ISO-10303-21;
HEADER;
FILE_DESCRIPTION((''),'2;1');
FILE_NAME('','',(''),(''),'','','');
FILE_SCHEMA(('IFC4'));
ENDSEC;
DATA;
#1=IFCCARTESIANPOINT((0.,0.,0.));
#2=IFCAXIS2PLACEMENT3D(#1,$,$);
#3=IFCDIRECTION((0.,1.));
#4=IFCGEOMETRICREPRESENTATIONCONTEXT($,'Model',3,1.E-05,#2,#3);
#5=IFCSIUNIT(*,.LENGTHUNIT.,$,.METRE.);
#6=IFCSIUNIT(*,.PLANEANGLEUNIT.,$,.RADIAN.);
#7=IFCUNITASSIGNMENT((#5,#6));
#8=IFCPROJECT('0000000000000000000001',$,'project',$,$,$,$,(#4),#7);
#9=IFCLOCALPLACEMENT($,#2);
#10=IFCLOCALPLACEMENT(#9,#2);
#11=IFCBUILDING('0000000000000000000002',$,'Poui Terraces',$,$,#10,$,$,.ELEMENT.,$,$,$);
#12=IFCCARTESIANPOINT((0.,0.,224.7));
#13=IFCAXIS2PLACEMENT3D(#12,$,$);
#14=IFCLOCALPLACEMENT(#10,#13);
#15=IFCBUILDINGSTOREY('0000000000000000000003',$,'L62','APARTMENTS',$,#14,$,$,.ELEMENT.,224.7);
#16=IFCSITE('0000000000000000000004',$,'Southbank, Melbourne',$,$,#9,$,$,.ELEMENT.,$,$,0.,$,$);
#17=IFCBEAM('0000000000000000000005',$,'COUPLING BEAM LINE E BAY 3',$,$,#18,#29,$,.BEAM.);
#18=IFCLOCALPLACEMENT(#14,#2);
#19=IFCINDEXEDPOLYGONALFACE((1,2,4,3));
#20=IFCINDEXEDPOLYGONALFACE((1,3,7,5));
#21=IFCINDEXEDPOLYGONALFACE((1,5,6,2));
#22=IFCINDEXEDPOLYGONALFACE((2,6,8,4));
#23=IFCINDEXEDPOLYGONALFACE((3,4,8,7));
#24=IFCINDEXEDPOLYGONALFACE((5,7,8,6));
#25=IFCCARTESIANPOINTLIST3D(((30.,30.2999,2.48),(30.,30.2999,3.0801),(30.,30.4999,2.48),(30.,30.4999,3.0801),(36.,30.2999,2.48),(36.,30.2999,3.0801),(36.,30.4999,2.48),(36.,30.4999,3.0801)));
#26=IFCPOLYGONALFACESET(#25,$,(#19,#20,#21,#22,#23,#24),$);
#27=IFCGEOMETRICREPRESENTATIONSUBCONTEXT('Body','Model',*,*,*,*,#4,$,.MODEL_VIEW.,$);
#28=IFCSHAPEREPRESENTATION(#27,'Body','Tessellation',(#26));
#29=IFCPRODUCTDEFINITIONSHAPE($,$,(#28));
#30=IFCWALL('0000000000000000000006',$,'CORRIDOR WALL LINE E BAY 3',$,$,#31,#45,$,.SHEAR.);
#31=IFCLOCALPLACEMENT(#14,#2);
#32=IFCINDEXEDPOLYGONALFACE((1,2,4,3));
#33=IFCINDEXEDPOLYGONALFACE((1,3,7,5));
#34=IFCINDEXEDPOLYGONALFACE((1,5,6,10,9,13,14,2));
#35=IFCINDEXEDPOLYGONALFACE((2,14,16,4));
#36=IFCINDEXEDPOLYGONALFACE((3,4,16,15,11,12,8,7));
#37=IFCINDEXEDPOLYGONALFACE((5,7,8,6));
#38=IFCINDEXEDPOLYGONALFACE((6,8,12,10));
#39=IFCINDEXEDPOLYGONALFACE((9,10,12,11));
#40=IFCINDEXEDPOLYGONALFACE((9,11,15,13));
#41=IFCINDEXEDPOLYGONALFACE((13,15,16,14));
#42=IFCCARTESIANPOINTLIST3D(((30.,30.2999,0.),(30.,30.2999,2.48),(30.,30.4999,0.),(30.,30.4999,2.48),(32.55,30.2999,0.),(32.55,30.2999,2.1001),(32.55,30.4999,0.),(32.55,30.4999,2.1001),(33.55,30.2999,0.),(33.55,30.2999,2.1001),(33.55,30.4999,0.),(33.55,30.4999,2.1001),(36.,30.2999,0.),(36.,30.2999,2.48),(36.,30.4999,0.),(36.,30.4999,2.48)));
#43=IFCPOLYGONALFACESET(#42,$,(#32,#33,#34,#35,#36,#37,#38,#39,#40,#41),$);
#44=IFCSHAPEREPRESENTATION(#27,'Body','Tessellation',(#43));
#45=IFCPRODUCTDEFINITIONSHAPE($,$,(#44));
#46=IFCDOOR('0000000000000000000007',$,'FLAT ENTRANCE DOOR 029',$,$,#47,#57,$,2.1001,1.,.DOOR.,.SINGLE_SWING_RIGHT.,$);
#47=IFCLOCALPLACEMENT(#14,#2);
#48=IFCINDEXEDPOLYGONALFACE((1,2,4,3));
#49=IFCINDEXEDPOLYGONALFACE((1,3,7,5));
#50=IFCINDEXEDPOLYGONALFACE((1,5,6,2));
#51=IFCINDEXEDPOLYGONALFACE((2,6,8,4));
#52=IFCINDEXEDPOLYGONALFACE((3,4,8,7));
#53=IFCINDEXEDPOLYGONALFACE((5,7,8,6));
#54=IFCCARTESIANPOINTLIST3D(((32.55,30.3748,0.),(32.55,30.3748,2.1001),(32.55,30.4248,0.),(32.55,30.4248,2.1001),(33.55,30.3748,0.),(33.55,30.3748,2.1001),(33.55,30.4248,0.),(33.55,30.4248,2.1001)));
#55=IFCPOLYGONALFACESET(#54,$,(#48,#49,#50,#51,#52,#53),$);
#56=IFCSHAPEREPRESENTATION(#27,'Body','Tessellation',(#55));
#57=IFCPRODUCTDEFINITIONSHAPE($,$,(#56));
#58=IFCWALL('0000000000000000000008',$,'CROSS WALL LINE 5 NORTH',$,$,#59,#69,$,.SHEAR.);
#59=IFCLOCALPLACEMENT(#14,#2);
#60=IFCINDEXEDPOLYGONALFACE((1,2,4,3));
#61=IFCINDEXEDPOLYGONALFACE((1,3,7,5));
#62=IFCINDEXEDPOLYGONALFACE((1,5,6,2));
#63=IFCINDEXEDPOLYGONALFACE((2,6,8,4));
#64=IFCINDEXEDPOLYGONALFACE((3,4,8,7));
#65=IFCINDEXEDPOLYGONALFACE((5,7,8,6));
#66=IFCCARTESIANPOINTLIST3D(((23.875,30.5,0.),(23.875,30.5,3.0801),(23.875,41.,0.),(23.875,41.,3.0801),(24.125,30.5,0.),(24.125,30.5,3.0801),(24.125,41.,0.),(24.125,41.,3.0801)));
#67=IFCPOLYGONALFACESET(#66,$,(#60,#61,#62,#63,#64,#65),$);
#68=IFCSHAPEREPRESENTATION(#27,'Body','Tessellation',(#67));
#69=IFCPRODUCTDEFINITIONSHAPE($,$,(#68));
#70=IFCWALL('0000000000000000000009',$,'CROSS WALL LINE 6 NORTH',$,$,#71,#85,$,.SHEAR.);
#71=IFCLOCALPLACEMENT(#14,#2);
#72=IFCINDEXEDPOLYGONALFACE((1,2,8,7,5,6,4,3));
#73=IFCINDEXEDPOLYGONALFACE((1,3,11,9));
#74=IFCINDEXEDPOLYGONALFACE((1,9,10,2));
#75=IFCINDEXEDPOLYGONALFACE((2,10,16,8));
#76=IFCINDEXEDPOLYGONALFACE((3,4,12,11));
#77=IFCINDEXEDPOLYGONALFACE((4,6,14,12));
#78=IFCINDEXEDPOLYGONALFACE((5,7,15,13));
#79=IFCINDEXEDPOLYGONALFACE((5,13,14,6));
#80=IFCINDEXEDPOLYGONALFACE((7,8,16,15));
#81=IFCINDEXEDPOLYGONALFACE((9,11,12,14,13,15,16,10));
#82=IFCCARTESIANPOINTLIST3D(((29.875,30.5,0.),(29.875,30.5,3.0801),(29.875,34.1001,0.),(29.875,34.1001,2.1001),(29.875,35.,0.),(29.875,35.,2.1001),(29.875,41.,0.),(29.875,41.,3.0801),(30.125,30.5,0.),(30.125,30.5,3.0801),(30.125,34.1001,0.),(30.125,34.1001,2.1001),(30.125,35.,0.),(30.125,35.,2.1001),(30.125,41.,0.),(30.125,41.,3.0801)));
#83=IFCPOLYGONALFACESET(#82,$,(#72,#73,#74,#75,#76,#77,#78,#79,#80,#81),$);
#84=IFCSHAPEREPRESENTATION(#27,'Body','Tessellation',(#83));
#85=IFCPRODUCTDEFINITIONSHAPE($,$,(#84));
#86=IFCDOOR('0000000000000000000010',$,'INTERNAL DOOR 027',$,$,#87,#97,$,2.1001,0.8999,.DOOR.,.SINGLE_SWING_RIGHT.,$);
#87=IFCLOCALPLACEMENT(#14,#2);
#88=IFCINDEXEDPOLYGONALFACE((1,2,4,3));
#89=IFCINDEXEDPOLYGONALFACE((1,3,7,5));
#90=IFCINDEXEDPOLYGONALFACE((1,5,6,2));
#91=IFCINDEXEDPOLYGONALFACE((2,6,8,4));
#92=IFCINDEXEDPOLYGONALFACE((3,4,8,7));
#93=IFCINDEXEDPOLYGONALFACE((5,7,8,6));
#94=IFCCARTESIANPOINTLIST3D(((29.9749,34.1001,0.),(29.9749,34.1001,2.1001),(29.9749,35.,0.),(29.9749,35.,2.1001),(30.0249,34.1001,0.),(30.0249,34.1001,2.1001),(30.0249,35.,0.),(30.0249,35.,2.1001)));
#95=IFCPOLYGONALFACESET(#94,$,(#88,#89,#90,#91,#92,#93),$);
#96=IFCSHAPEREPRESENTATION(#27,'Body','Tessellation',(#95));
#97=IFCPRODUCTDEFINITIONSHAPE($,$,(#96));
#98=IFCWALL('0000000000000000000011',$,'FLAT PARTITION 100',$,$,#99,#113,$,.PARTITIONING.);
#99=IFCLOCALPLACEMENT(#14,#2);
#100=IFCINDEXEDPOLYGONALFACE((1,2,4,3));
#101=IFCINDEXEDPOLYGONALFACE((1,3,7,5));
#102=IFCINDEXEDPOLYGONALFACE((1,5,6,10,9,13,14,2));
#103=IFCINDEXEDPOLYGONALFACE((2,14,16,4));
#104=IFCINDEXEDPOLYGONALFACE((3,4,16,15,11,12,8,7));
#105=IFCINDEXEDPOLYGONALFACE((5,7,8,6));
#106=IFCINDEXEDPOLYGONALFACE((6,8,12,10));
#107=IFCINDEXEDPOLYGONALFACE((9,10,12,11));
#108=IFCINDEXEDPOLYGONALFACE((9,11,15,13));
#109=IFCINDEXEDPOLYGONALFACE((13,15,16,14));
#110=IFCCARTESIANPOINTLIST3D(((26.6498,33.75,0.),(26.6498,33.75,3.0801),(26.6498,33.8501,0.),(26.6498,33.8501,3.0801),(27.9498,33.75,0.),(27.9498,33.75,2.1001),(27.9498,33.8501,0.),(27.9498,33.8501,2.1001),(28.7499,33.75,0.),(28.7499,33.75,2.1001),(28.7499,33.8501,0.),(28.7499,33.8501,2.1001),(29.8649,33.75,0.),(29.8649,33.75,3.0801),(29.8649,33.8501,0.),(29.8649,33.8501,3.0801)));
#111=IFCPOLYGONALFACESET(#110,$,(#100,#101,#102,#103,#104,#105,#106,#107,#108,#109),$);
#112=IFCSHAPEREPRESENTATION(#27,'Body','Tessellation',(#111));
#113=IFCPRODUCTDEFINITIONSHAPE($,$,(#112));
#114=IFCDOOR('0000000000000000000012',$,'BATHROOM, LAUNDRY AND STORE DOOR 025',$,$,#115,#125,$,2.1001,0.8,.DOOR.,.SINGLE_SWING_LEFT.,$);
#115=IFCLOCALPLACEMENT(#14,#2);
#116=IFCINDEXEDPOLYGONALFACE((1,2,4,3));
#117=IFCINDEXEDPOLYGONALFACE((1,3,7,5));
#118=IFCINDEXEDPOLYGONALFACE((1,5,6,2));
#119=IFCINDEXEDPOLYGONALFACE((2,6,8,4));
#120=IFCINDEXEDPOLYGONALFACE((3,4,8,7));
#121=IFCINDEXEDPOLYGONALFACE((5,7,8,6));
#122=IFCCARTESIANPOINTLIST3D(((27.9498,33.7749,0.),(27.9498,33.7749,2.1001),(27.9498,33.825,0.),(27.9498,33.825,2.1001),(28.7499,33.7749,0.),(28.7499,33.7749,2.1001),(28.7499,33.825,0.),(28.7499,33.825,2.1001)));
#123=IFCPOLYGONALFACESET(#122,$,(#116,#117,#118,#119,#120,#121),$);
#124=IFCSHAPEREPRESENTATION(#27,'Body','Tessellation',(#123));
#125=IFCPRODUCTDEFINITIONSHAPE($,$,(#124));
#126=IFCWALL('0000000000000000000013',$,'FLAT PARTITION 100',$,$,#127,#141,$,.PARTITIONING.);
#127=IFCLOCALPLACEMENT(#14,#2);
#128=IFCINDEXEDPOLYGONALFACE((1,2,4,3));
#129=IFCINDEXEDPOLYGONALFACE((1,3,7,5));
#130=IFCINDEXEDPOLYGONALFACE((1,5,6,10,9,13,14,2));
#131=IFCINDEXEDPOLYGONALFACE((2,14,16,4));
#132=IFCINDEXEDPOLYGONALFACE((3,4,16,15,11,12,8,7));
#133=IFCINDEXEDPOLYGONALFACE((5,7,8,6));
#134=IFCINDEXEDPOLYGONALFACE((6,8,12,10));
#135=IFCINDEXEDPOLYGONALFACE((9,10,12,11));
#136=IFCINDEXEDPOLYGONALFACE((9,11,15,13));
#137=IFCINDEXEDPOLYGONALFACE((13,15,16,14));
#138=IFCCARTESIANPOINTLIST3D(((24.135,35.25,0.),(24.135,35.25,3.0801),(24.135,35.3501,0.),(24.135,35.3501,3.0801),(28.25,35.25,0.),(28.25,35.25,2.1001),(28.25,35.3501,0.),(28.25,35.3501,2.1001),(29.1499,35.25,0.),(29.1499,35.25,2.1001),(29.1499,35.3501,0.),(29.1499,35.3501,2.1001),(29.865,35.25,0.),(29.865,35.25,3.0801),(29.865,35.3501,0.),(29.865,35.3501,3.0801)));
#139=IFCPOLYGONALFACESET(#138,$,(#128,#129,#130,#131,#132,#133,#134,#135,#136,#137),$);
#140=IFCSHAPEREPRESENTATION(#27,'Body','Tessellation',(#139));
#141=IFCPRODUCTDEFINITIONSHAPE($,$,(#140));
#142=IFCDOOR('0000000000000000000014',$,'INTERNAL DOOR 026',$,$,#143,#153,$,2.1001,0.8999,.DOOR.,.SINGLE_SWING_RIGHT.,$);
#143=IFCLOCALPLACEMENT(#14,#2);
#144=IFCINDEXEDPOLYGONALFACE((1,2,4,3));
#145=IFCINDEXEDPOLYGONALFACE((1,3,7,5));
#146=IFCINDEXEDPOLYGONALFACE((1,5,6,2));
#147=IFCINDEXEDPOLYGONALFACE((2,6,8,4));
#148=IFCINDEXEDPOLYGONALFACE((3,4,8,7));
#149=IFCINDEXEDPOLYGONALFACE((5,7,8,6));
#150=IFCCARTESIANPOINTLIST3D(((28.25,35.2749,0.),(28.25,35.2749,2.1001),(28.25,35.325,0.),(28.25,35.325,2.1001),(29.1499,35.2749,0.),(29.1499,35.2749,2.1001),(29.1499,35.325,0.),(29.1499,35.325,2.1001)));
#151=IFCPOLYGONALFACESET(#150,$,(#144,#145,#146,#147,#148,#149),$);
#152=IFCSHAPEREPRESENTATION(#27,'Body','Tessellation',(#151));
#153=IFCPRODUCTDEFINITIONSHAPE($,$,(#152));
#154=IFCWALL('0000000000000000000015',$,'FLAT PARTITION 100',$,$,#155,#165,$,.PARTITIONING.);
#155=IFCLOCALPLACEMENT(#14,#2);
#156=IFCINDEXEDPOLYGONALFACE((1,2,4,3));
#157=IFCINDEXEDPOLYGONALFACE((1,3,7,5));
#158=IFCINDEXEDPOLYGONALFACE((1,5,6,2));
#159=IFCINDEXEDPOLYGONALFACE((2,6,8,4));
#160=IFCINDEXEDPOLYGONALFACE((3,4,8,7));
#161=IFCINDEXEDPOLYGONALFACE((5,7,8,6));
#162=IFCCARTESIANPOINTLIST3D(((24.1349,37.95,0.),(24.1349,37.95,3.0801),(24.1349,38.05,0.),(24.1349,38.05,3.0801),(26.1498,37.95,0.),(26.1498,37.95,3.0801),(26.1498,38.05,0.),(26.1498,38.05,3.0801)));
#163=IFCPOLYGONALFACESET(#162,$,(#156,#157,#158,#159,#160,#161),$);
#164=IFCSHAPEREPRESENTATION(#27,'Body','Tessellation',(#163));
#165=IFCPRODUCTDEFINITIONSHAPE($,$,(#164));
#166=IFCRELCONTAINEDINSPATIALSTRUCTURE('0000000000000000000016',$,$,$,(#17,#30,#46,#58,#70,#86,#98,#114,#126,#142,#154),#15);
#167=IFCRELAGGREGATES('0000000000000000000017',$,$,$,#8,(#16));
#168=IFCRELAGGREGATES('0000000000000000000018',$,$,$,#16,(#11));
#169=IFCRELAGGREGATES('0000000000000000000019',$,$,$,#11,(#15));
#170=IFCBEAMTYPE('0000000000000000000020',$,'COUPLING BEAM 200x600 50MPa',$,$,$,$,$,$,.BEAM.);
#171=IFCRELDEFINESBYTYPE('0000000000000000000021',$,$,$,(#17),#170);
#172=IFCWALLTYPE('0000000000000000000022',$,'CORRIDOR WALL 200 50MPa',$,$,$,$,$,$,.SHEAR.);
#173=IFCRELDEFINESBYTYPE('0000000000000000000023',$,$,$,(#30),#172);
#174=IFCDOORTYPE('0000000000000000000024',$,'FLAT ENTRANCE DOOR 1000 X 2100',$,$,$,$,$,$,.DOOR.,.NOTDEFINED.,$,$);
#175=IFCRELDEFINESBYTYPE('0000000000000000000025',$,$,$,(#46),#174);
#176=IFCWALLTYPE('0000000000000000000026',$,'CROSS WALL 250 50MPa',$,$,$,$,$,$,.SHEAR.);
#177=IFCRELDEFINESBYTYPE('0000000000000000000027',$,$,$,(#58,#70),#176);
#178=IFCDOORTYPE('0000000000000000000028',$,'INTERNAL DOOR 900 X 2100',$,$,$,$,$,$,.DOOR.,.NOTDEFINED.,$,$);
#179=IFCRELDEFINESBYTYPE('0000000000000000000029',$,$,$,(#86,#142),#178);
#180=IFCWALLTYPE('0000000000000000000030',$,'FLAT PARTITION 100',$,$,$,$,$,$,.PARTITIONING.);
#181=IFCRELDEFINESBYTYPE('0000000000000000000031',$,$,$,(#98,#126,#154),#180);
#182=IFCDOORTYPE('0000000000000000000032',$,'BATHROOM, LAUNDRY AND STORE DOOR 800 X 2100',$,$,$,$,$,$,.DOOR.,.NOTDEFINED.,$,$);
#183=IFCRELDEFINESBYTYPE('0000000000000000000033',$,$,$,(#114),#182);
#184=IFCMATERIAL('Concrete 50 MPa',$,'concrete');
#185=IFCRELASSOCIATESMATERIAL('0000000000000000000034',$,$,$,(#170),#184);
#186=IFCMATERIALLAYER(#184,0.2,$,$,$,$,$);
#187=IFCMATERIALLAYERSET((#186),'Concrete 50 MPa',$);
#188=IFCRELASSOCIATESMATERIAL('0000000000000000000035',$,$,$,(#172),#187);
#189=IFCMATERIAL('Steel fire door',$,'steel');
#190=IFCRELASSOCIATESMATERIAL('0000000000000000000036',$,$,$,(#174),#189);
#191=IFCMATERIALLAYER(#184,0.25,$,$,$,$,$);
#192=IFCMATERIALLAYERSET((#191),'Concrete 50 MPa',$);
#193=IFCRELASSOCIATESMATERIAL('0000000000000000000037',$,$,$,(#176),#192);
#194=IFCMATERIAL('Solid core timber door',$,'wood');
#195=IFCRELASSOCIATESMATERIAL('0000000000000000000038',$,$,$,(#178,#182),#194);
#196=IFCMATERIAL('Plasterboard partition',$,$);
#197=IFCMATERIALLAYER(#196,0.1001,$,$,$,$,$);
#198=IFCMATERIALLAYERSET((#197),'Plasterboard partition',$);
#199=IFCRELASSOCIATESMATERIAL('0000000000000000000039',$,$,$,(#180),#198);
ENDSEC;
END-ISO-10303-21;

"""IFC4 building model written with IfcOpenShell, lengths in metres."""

from ifc_helpers import new_model, si_unit, direction, frame, frame_2d, origin, origin_2d, place, context, subcontext, project, spatial, rectangle, extrude, source, transform, mapped, material, layer, layer_set, material_profile, profile_set, type_object, element, fill, save


model = new_model("IFC4")

# Units and contexts
model_context = context("Model", 3, precision=1e-05, world=origin(), true_north=direction((0.0, 1.0)))
body_context = subcontext(model_context, "Body", "Model", "MODEL_VIEW")
ifc_project = project(units=[si_unit("LENGTHUNIT", "METRE"), si_unit("PLANEANGLEUNIT", "RADIAN")], contexts=[model_context])

# Site, building, storey
site_placement = place(None, origin())
site = spatial("IfcSite", under=ifc_project, at=site_placement, Name="Southbank, Melbourne", CompositionType="ELEMENT", RefElevation=0.0)
building_placement = place(site_placement, origin())
building = spatial("IfcBuilding", under=site, at=building_placement, Name="Poui Terraces", CompositionType="ELEMENT")
storey_placement = place(building_placement, frame((0.0, 0.0, 224.7)))
storey = spatial("IfcBuildingStorey", under=building, at=storey_placement, Name="L62", Description="APARTMENTS", CompositionType="ELEMENT", Elevation=224.7)

# Beam
ifc_material_1 = material(Name="Concrete 50 MPa", Category="concrete")
ifc_material_profile = material_profile(ifc_material_1, rectangle(XDim=0.2, YDim=0.6001, at=origin_2d()), Name="RC 200x600")
ifc_profile_set = profile_set([ifc_material_profile], Name="Concrete 50 MPa")
beam_type = type_object("IfcBeamType", Name="COUPLING BEAM 200x600 50MPa", PredefinedType="BEAM", material=ifc_profile_set)
shared_shape_1 = source(origin(), body_context, "Body", "SweptSolid", [
    extrude(rectangle(XDim=0.2, YDim=0.6001, at=origin_2d()), origin(), (0.0, 0.0, 1.0), 6.0),
])
beam_placement = place(storey_placement, frame((30.0, 30.3999, 2.78), z_axis=(1.0, 0.0, 0.0), x_axis=(0.0, 1.0, 0.0)))
element("IfcBeam", 1, at=beam_placement, inside=storey, type_object=beam_type, Name="COUPLING BEAM LINE E BAY 3", PredefinedType="BEAM", context=body_context, shape_type="MappedRepresentation", body=[
    mapped(shared_shape_1, transform((0.0, 0.0, 0.0))),
])

# Wall, opening, door
ifc_layer_1 = layer(ifc_material_1, 0.2)
ifc_layer_set_1 = layer_set([ifc_layer_1], Name="Concrete 50 MPa")
wall_type_1 = type_object("IfcWallType", Name="CORRIDOR WALL 200 50MPa", PredefinedType="SHEAR", material=ifc_layer_set_1)
wall_1_placement = place(storey_placement, frame((30.0, 30.3999, 0.0), z_axis=(0.0, 0.0, 1.0), x_axis=(1.0, 0.0, 0.0)))
wall_1 = element("IfcWall", 2, at=wall_1_placement, inside=storey, type_object=wall_type_1, Name="CORRIDOR WALL LINE E BAY 3", PredefinedType="SHEAR", context=body_context, shape_type="SweptSolid", body=[
    extrude(rectangle(XDim=6.0, YDim=0.2, at=frame_2d((3.0, 0.0))), origin(), (0.0, 0.0, 1.0), 2.48),
])
opening_1_placement = place(wall_1_placement, frame((2.55, 0.0, 0.0)))
opening_1 = element("IfcOpeningElement", 3, at=opening_1_placement, cuts=wall_1, PredefinedType="OPENING", context=body_context, shape_type="SweptSolid", body=[
    extrude(rectangle(XDim=1.0, YDim=2.1001, at=frame_2d((0.5, 1.05))), frame((0.0, 0.1099, 0.0), z_axis=(0.0, -1.0, 0.0), x_axis=(1.0, 0.0, 0.0)), (0.0, 0.0, 1.0), 0.22),
])
ifc_material_2 = material(Name="Steel fire door", Category="steel")
door_type_1 = type_object("IfcDoorType", Name="FLAT ENTRANCE DOOR 1000 X 2100", OperationType="NOTDEFINED", PredefinedType="DOOR", material=ifc_material_2)
door_1_placement = place(opening_1_placement, origin())
door_1 = element("IfcDoor", 4, at=door_1_placement, inside=storey, type_object=door_type_1, Name="FLAT ENTRANCE DOOR 029", OperationType="SINGLE_SWING_RIGHT", OverallHeight=2.1001, OverallWidth=1.0, PredefinedType="DOOR", context=body_context, shape_type="SweptSolid", body=[
    extrude(rectangle(XDim=1.0, YDim=2.1001, at=frame_2d((0.5, 1.05))), frame((0.0, 0.0249, 0.0), z_axis=(0.0, -1.0, 0.0), x_axis=(1.0, 0.0, 0.0)), (0.0, 0.0, 1.0), 0.05),
])
fill(opening_1, door_1)

# Wall
ifc_layer_2 = layer(ifc_material_1, 0.25)
ifc_layer_set_2 = layer_set([ifc_layer_2], Name="Concrete 50 MPa")
wall_type_2 = type_object("IfcWallType", Name="CROSS WALL 250 50MPa", PredefinedType="SHEAR", material=ifc_layer_set_2)
wall_2_placement = place(storey_placement, frame((24.0, 30.5, 0.0), z_axis=(0.0, 0.0, 1.0), x_axis=(0.0, 1.0, 0.0)))
element("IfcWall", 5, at=wall_2_placement, inside=storey, type_object=wall_type_2, Name="CROSS WALL LINE 5 NORTH", PredefinedType="SHEAR", context=body_context, shape_type="SweptSolid", body=[
    extrude(rectangle(XDim=10.5, YDim=0.25, at=frame_2d((5.25, 0.0))), origin(), (0.0, 0.0, 1.0), 3.0801),
])

# Walls, openings, doors
wall_3_placement = place(storey_placement, frame((30.0, 30.5, 0.0), z_axis=(0.0, 0.0, 1.0), x_axis=(0.0, 1.0, 0.0)))
wall_3 = element("IfcWall", 6, at=wall_3_placement, inside=storey, type_object=wall_type_2, Name="CROSS WALL LINE 6 NORTH", PredefinedType="SHEAR", context=body_context, shape_type="SweptSolid", body=[
    extrude(rectangle(XDim=10.5, YDim=0.25, at=frame_2d((5.25, 0.0))), origin(), (0.0, 0.0, 1.0), 3.0801),
])
opening_2_placement = place(wall_3_placement, frame((3.6001, 0.0, 0.0)))
opening_2 = element("IfcOpeningElement", 7, at=opening_2_placement, cuts=wall_3, PredefinedType="OPENING", context=body_context, shape_type="SweptSolid", body=[
    extrude(rectangle(XDim=0.8999, YDim=2.1001, at=frame_2d((0.45, 1.05))), frame((0.0, 0.135, 0.0), z_axis=(0.0, -1.0, 0.0), x_axis=(1.0, 0.0, 0.0)), (0.0, 0.0, 1.0), 0.27),
])
ifc_material_3 = material(Name="Solid core timber door", Category="wood")
door_type_2 = type_object("IfcDoorType", Name="INTERNAL DOOR 900 X 2100", OperationType="NOTDEFINED", PredefinedType="DOOR", material=ifc_material_3)
door_2_placement = place(opening_2_placement, frame((0.8999, 0.0, 0.0), z_axis=(0.0, 0.0, 1.0), x_axis=(-1.0, 0.0, 0.0)))
door_2 = element("IfcDoor", 8, at=door_2_placement, inside=storey, type_object=door_type_2, Name="INTERNAL DOOR 027", OperationType="SINGLE_SWING_RIGHT", OverallHeight=2.1001, OverallWidth=0.8999, PredefinedType="DOOR", context=body_context, shape_type="SweptSolid", body=[
    extrude(rectangle(XDim=0.8999, YDim=2.1001, at=frame_2d((0.45, 1.05))), frame((0.0, 0.0249, 0.0), z_axis=(0.0, -1.0, 0.0), x_axis=(1.0, 0.0, 0.0)), (0.0, 0.0, 1.0), 0.05),
])
fill(opening_2, door_2)
ifc_material_4 = material(Name="Plasterboard partition")
ifc_layer_3 = layer(ifc_material_4, 0.1001)
ifc_layer_set_3 = layer_set([ifc_layer_3], Name="Plasterboard partition")
wall_type_3 = type_object("IfcWallType", Name="FLAT PARTITION 100", PredefinedType="PARTITIONING", material=ifc_layer_set_3)
wall_4_placement = place(storey_placement, frame((26.6499, 33.8, 0.0), z_axis=(0.0, 0.0, 1.0), x_axis=(1.0, 0.0, 0.0)))
wall_4 = element("IfcWall", 9, at=wall_4_placement, inside=storey, type_object=wall_type_3, Name="FLAT PARTITION 100", PredefinedType="PARTITIONING", context=body_context, shape_type="SweptSolid", body=[
    extrude(rectangle(XDim=3.2151, YDim=0.1001, at=frame_2d((1.6074, 0.0))), origin(), (0.0, 0.0, 1.0), 3.0801),
])
opening_3_placement = place(wall_4_placement, frame((1.3, 0.0, 0.0)))
opening_3 = element("IfcOpeningElement", 10, at=opening_3_placement, cuts=wall_4, PredefinedType="OPENING", context=body_context, shape_type="SweptSolid", body=[
    extrude(rectangle(XDim=0.8, YDim=2.1001, at=frame_2d((0.3999, 1.05))), frame((0.0, 0.0601, 0.0), z_axis=(0.0, -1.0, 0.0), x_axis=(1.0, 0.0, 0.0)), (0.0, 0.0, 1.0), 0.1201),
])
door_type_3 = type_object("IfcDoorType", Name="BATHROOM, LAUNDRY AND STORE DOOR 800 X 2100", OperationType="NOTDEFINED", PredefinedType="DOOR", material=ifc_material_3)
door_3_placement = place(opening_3_placement, origin())
door_3 = element("IfcDoor", 11, at=door_3_placement, inside=storey, type_object=door_type_3, Name="BATHROOM, LAUNDRY AND STORE DOOR 025", OperationType="SINGLE_SWING_LEFT", OverallHeight=2.1001, OverallWidth=0.8, PredefinedType="DOOR", context=body_context, shape_type="SweptSolid", body=[
    extrude(rectangle(XDim=0.8, YDim=2.1001, at=frame_2d((0.3999, 1.05))), frame((0.0, 0.0249, 0.0), z_axis=(0.0, -1.0, 0.0), x_axis=(1.0, 0.0, 0.0)), (0.0, 0.0, 1.0), 0.05),
])
fill(opening_3, door_3)
wall_5_placement = place(storey_placement, frame((24.135, 35.3, 0.0), z_axis=(0.0, 0.0, 1.0), x_axis=(1.0, 0.0, 0.0)))
wall_5 = element("IfcWall", 12, at=wall_5_placement, inside=storey, type_object=wall_type_3, Name="FLAT PARTITION 100", PredefinedType="PARTITIONING", context=body_context, shape_type="SweptSolid", body=[
    extrude(rectangle(XDim=5.73, YDim=0.1001, at=frame_2d((2.865, 0.0))), origin(), (0.0, 0.0, 1.0), 3.0801),
])
opening_4_placement = place(wall_5_placement, frame((4.115, 0.0, 0.0)))
opening_4 = element("IfcOpeningElement", 13, at=opening_4_placement, cuts=wall_5, PredefinedType="OPENING", context=body_context, shape_type="SweptSolid", body=[
    extrude(rectangle(XDim=0.8999, YDim=2.1001, at=frame_2d((0.45, 1.05))), frame((0.0, 0.0601, 0.0), z_axis=(0.0, -1.0, 0.0), x_axis=(1.0, 0.0, 0.0)), (0.0, 0.0, 1.0), 0.1201),
])
door_4_placement = place(opening_4_placement, origin())
door_4 = element("IfcDoor", 14, at=door_4_placement, inside=storey, type_object=door_type_2, Name="INTERNAL DOOR 026", OperationType="SINGLE_SWING_RIGHT", OverallHeight=2.1001, OverallWidth=0.8999, PredefinedType="DOOR", context=body_context, shape_type="SweptSolid", body=[
    extrude(rectangle(XDim=0.8999, YDim=2.1001, at=frame_2d((0.45, 1.05))), frame((0.0, 0.0249, 0.0), z_axis=(0.0, -1.0, 0.0), x_axis=(1.0, 0.0, 0.0)), (0.0, 0.0, 1.0), 0.05),
])
fill(opening_4, door_4)

# Wall
wall_6_placement = place(storey_placement, frame((24.135, 38.0, 0.0), z_axis=(0.0, 0.0, 1.0), x_axis=(1.0, 0.0, 0.0)))
element("IfcWall", 15, at=wall_6_placement, inside=storey, type_object=wall_type_3, Name="FLAT PARTITION 100", PredefinedType="PARTITIONING", context=body_context, shape_type="SweptSolid", body=[
    extrude(rectangle(XDim=2.0149, YDim=0.1001, at=frame_2d((1.0073, 0.0))), origin(), (0.0, 0.0, 1.0), 3.0801),
])

save(model, "model.ifc")
